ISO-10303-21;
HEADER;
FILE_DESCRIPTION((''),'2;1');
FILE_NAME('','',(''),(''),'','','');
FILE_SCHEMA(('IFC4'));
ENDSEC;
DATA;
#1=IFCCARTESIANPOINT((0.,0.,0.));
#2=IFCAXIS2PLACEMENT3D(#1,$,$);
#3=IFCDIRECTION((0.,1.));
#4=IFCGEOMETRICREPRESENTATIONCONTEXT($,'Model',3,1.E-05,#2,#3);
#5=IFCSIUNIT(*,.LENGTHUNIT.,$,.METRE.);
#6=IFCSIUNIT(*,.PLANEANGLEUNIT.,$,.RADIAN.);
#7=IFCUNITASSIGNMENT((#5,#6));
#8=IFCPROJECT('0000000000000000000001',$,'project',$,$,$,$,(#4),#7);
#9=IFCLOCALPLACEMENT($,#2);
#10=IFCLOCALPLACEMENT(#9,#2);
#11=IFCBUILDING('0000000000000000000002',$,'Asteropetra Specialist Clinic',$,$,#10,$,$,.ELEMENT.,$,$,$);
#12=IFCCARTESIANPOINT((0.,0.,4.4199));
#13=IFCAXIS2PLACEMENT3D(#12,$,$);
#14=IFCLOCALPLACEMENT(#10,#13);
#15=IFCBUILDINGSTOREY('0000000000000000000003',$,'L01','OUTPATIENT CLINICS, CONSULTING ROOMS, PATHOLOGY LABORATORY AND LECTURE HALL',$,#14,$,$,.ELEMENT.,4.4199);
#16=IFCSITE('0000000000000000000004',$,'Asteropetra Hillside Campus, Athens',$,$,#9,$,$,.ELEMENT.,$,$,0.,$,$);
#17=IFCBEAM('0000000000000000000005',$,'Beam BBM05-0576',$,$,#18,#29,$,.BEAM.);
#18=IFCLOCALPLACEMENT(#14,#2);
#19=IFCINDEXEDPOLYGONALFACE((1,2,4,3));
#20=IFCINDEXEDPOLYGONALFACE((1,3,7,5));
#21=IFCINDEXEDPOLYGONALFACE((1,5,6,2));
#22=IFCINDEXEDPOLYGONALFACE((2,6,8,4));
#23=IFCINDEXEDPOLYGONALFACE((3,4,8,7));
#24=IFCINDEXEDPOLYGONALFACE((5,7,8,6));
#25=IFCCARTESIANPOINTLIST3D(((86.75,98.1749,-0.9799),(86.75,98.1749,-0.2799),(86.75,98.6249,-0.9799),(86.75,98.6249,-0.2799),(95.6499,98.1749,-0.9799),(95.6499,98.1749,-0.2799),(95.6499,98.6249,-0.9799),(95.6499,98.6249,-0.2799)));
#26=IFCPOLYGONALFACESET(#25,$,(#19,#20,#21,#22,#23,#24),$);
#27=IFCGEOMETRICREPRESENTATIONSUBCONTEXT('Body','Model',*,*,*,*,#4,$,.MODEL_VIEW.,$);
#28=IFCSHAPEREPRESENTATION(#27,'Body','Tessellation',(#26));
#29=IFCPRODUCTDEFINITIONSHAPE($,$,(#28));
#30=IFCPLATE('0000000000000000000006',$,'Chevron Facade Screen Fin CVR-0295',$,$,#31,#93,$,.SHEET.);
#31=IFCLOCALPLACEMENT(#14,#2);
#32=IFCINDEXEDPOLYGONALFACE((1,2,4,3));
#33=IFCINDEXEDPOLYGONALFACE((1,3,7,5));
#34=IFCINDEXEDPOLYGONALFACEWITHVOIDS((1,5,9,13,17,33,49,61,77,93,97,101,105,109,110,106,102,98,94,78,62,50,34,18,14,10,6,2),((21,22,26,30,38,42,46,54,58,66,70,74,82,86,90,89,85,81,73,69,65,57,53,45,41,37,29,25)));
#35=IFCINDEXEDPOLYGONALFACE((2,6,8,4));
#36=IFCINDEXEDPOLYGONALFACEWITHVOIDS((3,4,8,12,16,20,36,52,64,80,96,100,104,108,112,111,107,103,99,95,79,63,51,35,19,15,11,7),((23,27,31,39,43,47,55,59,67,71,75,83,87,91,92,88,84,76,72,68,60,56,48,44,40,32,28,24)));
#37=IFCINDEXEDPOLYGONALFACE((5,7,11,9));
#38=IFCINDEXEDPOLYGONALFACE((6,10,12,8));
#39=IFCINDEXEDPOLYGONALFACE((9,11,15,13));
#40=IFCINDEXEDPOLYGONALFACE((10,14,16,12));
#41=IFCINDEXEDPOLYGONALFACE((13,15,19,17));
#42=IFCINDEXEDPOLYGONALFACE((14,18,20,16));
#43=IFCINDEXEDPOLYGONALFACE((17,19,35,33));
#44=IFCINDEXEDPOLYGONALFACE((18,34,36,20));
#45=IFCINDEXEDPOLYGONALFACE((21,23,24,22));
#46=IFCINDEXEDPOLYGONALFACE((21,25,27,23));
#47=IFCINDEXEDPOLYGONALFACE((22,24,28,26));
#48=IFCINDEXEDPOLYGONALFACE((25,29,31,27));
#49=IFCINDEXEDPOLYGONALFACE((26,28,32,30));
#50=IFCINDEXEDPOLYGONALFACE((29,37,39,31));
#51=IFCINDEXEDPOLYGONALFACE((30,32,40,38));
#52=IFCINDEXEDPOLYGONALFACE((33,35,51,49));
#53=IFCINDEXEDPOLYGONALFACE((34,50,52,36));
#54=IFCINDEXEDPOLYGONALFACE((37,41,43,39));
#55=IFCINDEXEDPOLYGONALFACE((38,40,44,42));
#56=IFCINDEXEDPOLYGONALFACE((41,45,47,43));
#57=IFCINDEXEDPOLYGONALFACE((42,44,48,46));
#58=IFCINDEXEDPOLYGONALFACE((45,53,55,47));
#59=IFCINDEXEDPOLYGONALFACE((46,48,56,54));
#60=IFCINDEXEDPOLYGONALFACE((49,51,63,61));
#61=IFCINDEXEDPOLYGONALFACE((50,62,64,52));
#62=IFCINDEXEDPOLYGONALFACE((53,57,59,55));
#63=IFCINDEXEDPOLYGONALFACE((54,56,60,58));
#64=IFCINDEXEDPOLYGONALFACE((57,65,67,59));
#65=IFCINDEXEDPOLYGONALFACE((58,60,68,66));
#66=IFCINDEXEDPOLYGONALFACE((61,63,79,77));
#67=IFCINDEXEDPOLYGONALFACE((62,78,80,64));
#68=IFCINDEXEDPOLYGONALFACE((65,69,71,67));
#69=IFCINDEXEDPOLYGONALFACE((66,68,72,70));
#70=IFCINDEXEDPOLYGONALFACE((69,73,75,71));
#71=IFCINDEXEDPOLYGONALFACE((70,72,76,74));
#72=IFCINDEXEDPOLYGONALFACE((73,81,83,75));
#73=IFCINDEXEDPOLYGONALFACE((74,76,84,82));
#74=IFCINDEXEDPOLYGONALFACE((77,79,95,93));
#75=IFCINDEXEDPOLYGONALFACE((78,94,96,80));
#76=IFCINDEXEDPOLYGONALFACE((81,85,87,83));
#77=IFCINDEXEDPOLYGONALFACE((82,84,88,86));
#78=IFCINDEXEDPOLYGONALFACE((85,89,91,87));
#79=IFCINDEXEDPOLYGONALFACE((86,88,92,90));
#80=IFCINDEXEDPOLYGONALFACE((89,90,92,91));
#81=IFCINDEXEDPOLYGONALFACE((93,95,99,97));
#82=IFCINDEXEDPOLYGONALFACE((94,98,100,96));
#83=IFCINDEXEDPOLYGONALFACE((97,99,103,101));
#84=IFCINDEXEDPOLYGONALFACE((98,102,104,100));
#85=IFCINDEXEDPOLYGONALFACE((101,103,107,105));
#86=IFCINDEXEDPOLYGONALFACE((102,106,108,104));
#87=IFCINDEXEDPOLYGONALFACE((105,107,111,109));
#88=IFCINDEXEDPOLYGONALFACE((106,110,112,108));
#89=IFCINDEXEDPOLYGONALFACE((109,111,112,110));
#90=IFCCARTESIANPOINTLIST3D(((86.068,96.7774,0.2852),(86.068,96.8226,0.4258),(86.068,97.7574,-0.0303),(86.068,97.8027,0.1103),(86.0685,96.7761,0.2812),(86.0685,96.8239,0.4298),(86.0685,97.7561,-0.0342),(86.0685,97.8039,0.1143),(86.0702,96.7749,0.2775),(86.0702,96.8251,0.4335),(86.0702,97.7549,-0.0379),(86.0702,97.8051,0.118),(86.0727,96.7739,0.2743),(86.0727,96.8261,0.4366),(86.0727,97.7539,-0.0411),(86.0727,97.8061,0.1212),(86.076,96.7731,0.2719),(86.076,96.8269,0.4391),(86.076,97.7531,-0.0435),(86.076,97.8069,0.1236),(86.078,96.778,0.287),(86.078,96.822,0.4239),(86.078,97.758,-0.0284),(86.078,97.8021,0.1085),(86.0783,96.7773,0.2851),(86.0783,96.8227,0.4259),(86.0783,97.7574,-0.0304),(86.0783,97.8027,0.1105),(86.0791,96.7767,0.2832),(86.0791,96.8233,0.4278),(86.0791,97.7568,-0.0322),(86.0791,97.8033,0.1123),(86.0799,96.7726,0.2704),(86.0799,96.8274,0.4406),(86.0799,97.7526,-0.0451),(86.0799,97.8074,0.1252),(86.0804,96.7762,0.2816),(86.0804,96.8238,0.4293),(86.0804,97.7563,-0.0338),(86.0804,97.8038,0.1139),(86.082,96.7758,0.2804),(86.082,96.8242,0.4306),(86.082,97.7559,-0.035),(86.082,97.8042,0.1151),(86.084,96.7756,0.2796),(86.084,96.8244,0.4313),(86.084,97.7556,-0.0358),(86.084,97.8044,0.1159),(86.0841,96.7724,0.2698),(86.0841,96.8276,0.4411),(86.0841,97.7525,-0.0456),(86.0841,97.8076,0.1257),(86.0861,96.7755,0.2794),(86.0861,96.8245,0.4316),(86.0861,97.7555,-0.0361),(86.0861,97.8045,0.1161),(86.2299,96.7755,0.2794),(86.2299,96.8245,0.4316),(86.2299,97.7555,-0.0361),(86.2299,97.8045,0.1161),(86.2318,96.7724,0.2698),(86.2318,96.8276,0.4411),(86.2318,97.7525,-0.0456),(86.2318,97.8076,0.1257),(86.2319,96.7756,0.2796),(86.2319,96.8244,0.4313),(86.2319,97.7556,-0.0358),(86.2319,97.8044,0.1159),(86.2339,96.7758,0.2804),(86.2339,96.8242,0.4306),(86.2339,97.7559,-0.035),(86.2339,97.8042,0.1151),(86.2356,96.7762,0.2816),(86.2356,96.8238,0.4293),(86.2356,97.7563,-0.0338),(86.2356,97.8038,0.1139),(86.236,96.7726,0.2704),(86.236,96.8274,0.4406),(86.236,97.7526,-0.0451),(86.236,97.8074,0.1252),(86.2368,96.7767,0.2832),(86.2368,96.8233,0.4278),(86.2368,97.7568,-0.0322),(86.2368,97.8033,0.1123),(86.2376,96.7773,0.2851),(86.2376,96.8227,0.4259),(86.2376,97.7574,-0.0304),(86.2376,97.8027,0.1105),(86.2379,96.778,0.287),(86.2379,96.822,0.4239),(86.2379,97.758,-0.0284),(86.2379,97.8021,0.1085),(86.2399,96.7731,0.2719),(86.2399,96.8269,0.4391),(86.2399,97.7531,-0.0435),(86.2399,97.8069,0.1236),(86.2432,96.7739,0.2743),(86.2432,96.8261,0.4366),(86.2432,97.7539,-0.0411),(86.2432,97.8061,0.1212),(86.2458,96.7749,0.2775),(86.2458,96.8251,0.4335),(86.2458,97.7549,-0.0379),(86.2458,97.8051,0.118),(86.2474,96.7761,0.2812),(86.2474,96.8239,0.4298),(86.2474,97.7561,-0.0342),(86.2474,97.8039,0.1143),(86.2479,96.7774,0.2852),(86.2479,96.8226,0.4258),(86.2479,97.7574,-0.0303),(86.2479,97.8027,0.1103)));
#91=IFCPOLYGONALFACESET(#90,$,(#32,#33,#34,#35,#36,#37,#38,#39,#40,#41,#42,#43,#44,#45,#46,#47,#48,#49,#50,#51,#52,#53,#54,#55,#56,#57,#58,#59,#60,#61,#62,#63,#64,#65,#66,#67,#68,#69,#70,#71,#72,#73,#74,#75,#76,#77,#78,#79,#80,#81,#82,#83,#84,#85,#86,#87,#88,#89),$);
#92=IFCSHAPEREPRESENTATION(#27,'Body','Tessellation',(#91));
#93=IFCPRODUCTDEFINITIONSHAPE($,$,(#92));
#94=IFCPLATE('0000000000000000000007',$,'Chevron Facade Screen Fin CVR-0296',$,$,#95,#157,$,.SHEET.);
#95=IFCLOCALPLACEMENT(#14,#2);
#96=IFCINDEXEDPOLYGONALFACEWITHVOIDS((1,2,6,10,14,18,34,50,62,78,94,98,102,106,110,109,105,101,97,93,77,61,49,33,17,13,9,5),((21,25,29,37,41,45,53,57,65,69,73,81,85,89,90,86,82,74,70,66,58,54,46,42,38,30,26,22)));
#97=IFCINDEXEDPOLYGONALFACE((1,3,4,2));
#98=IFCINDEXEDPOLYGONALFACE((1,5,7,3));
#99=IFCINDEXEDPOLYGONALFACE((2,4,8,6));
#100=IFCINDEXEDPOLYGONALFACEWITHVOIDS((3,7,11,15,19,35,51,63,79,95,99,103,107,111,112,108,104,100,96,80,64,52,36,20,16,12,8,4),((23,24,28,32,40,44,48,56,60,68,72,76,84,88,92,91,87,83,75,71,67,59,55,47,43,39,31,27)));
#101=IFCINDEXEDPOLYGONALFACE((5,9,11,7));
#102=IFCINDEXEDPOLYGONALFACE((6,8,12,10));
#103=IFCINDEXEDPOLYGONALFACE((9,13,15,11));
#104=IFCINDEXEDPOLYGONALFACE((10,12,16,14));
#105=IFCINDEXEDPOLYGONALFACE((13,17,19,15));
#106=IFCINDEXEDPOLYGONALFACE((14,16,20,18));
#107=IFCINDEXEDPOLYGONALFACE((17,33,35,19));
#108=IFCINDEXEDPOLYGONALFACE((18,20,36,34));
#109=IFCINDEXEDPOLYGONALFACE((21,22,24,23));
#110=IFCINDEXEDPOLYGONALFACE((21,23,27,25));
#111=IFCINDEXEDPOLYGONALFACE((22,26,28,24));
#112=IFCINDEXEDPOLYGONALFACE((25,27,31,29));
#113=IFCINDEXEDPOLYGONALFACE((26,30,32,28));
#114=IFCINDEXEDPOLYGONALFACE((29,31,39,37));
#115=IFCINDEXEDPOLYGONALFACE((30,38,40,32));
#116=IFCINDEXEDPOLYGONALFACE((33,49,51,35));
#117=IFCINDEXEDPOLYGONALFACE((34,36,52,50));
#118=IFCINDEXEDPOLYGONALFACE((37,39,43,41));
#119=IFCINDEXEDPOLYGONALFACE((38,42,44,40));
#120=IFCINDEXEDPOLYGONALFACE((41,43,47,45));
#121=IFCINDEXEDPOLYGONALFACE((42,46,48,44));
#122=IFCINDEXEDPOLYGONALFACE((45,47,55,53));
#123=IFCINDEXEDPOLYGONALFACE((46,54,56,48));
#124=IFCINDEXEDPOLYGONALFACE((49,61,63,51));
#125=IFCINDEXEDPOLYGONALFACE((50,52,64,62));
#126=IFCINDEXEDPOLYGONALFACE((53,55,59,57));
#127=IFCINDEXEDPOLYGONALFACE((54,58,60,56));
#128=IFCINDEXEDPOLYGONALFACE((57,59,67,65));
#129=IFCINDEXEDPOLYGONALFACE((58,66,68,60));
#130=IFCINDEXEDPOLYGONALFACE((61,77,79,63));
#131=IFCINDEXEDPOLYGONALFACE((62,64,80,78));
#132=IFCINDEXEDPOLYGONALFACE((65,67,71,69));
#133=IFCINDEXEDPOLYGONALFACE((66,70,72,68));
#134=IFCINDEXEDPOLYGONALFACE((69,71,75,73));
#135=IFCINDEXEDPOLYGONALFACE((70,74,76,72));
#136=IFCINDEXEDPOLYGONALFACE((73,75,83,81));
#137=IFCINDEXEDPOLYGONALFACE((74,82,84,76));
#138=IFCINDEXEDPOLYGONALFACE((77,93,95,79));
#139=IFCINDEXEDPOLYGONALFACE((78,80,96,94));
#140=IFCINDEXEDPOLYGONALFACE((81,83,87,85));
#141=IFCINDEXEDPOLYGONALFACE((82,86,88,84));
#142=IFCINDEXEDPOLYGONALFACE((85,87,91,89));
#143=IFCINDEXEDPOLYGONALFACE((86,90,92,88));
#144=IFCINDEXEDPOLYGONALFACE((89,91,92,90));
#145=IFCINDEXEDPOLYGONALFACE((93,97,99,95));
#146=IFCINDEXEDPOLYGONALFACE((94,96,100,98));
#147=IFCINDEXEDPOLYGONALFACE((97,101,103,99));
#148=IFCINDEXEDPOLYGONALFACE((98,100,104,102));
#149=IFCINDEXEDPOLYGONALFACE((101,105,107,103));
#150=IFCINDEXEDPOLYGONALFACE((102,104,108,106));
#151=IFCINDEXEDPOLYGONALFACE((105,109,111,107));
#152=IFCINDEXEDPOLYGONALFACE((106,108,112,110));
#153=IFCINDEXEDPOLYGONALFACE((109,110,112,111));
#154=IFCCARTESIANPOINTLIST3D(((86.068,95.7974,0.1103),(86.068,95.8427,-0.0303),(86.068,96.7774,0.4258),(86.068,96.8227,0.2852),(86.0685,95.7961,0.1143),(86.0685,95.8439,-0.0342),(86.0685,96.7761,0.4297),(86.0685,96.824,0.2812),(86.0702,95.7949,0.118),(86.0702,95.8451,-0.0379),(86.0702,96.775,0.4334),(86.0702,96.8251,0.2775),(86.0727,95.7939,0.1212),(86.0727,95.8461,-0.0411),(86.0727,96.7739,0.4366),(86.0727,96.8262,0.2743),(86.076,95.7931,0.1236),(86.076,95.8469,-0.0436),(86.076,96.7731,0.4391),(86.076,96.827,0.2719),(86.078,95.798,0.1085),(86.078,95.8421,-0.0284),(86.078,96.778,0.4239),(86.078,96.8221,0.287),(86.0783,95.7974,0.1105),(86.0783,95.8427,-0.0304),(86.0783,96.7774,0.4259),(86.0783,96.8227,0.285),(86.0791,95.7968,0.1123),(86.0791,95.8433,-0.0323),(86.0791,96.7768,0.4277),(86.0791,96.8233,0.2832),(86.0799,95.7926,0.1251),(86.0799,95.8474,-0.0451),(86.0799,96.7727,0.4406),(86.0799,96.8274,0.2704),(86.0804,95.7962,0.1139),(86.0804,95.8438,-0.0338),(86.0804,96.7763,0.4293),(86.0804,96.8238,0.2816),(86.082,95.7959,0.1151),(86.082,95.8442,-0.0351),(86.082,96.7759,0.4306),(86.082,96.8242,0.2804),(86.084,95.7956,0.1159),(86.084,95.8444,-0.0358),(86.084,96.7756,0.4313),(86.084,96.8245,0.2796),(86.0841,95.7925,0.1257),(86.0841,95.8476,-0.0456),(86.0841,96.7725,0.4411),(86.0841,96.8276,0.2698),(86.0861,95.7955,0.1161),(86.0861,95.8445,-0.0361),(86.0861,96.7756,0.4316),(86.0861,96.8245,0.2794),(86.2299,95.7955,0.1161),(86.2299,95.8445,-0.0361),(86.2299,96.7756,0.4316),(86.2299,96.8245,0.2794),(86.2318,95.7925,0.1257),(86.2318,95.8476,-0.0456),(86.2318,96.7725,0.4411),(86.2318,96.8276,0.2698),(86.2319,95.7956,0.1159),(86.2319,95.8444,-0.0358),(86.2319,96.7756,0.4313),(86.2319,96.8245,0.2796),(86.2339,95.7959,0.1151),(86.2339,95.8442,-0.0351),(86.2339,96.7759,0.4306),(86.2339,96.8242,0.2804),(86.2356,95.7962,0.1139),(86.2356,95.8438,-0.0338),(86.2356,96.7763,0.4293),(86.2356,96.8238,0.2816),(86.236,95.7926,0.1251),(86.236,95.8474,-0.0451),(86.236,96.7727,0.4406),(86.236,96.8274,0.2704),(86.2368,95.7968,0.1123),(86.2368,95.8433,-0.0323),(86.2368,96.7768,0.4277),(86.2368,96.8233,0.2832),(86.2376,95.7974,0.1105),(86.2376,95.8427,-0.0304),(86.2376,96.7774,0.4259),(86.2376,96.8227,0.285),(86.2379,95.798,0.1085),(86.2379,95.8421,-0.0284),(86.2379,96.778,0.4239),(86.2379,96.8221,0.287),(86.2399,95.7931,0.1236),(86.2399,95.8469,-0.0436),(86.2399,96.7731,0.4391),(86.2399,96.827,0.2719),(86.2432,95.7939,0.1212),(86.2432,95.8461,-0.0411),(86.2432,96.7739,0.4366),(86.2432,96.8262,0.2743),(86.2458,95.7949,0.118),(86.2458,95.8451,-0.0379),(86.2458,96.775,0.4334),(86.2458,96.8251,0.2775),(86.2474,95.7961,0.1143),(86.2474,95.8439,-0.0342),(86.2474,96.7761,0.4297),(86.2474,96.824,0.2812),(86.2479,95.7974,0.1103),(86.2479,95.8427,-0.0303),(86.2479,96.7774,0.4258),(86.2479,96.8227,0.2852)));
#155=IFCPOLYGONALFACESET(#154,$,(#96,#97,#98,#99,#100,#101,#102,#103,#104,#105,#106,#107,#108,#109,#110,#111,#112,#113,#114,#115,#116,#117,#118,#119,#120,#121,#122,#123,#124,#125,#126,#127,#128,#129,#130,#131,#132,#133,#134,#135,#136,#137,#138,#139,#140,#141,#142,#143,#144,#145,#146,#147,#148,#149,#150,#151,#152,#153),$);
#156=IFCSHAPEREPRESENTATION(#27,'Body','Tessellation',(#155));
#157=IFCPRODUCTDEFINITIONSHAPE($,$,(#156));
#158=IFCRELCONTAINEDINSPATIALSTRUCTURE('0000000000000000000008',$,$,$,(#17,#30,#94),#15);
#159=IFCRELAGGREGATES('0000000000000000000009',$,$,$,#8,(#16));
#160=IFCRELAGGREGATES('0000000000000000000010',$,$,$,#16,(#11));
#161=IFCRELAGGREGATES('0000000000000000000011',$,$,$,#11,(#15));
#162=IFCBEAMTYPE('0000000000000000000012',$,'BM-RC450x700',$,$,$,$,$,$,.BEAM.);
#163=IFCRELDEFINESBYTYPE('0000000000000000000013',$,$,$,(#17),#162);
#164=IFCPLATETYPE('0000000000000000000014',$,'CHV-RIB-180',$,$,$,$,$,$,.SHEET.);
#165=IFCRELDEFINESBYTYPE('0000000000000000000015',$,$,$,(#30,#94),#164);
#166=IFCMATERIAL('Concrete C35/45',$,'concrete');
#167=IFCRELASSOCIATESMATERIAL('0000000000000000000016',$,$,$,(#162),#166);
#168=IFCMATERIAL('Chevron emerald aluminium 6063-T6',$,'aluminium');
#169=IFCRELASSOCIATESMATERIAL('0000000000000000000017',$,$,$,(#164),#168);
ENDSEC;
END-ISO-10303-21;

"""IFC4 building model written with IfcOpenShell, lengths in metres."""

from ifc_helpers import new_model, si_unit, direction, frame, origin, origin_2d, place, context, subcontext, project, spatial, rectangle, hollow_rectangle, extrude, material, material_profile, profile_set, type_object, element, save


model = new_model("IFC4")

# Units and contexts
model_context = context("Model", 3, precision=1e-05, world=origin(), true_north=direction((0.0, 1.0)))
body_context = subcontext(model_context, "Body", "Model", "MODEL_VIEW")
ifc_project = project(units=[si_unit("LENGTHUNIT", "METRE"), si_unit("PLANEANGLEUNIT", "RADIAN")], contexts=[model_context])

# Site, building, storey
site_placement = place(None, origin())
site = spatial("IfcSite", under=ifc_project, at=site_placement, Name="Asteropetra Hillside Campus, Athens", CompositionType="ELEMENT", RefElevation=0.0)
building_placement = place(site_placement, origin())
building = spatial("IfcBuilding", under=site, at=building_placement, Name="Asteropetra Specialist Clinic", CompositionType="ELEMENT")
storey_placement = place(building_placement, frame((0.0, 0.0, 4.4199)))
storey = spatial("IfcBuildingStorey", under=building, at=storey_placement, Name="L01", Description="OUTPATIENT CLINICS, CONSULTING ROOMS, PATHOLOGY LABORATORY AND LECTURE HALL", CompositionType="ELEMENT", Elevation=4.4199)

# Beam
ifc_material_1 = material(Name="Concrete C35/45", Category="concrete")
ifc_material_profile_1 = material_profile(ifc_material_1, rectangle(XDim=0.45, YDim=0.7, at=origin_2d()), Name="RCB 450x700")
ifc_profile_set_1 = profile_set([ifc_material_profile_1], Name="Concrete C35/45")
beam_type = type_object("IfcBeamType", Name="BM-RC450x700", PredefinedType="BEAM", material=ifc_profile_set_1)
beam_placement = place(storey_placement, frame((86.75, 98.3999, -0.6299), z_axis=(1.0, 0.0, 0.0), x_axis=(0.0, 1.0, 0.0)))
element("IfcBeam", 1, at=beam_placement, inside=storey, type_object=beam_type, Name="Beam BBM05-0576", PredefinedType="BEAM", context=body_context, shape_type="SweptSolid", body=[
    extrude(rectangle(XDim=0.45, YDim=0.7, at=origin_2d()), origin(), (0.0, 0.0, 1.0), 8.8999),
])

# Plates
ifc_material_2 = material(Name="Chevron emerald aluminium 6063-T6", Category="aluminium")
ifc_material_profile_2 = material_profile(ifc_material_2, hollow_rectangle(XDim=0.1799, YDim=0.1799, WallThickness=0.01, InnerFilletRadius=0.0081, OuterFilletRadius=0.0161, at=origin_2d()), Name="SHS 180x180x10.0")
ifc_profile_set_2 = profile_set([ifc_material_profile_2], Name="Chevron emerald aluminium 6063-T6")
plate_type = type_object("IfcPlateType", Name="CHV-RIB-180", PredefinedType="SHEET", material=ifc_profile_set_2)
for number, where, z_axis, x_axis, name in (
    (2, (86.158, 97.78, 0.04), (0.0, -0.951905, 0.306393), (1.0, 0.0, 0.0), "Chevron Facade Screen Fin CVR-0295"),
    (3, (86.158, 96.8, 0.3555), (0.0, -0.951905, -0.306393), (1.0, 0.0, 0.0), "Chevron Facade Screen Fin CVR-0296"),
):
    element("IfcPlate", number, at=place(storey_placement, frame(where, z_axis=z_axis, x_axis=x_axis)), inside=storey, type_object=plate_type, Name=name, PredefinedType="SHEET", context=body_context, shape_type="SweptSolid", body=[
        extrude(hollow_rectangle(XDim=0.1799, YDim=0.1799, WallThickness=0.01, InnerFilletRadius=0.0081, OuterFilletRadius=0.0161, at=origin_2d()), origin(), (0.0, 0.0, 1.0), 1.0295),
    ])

save(model, "model.ifc")
